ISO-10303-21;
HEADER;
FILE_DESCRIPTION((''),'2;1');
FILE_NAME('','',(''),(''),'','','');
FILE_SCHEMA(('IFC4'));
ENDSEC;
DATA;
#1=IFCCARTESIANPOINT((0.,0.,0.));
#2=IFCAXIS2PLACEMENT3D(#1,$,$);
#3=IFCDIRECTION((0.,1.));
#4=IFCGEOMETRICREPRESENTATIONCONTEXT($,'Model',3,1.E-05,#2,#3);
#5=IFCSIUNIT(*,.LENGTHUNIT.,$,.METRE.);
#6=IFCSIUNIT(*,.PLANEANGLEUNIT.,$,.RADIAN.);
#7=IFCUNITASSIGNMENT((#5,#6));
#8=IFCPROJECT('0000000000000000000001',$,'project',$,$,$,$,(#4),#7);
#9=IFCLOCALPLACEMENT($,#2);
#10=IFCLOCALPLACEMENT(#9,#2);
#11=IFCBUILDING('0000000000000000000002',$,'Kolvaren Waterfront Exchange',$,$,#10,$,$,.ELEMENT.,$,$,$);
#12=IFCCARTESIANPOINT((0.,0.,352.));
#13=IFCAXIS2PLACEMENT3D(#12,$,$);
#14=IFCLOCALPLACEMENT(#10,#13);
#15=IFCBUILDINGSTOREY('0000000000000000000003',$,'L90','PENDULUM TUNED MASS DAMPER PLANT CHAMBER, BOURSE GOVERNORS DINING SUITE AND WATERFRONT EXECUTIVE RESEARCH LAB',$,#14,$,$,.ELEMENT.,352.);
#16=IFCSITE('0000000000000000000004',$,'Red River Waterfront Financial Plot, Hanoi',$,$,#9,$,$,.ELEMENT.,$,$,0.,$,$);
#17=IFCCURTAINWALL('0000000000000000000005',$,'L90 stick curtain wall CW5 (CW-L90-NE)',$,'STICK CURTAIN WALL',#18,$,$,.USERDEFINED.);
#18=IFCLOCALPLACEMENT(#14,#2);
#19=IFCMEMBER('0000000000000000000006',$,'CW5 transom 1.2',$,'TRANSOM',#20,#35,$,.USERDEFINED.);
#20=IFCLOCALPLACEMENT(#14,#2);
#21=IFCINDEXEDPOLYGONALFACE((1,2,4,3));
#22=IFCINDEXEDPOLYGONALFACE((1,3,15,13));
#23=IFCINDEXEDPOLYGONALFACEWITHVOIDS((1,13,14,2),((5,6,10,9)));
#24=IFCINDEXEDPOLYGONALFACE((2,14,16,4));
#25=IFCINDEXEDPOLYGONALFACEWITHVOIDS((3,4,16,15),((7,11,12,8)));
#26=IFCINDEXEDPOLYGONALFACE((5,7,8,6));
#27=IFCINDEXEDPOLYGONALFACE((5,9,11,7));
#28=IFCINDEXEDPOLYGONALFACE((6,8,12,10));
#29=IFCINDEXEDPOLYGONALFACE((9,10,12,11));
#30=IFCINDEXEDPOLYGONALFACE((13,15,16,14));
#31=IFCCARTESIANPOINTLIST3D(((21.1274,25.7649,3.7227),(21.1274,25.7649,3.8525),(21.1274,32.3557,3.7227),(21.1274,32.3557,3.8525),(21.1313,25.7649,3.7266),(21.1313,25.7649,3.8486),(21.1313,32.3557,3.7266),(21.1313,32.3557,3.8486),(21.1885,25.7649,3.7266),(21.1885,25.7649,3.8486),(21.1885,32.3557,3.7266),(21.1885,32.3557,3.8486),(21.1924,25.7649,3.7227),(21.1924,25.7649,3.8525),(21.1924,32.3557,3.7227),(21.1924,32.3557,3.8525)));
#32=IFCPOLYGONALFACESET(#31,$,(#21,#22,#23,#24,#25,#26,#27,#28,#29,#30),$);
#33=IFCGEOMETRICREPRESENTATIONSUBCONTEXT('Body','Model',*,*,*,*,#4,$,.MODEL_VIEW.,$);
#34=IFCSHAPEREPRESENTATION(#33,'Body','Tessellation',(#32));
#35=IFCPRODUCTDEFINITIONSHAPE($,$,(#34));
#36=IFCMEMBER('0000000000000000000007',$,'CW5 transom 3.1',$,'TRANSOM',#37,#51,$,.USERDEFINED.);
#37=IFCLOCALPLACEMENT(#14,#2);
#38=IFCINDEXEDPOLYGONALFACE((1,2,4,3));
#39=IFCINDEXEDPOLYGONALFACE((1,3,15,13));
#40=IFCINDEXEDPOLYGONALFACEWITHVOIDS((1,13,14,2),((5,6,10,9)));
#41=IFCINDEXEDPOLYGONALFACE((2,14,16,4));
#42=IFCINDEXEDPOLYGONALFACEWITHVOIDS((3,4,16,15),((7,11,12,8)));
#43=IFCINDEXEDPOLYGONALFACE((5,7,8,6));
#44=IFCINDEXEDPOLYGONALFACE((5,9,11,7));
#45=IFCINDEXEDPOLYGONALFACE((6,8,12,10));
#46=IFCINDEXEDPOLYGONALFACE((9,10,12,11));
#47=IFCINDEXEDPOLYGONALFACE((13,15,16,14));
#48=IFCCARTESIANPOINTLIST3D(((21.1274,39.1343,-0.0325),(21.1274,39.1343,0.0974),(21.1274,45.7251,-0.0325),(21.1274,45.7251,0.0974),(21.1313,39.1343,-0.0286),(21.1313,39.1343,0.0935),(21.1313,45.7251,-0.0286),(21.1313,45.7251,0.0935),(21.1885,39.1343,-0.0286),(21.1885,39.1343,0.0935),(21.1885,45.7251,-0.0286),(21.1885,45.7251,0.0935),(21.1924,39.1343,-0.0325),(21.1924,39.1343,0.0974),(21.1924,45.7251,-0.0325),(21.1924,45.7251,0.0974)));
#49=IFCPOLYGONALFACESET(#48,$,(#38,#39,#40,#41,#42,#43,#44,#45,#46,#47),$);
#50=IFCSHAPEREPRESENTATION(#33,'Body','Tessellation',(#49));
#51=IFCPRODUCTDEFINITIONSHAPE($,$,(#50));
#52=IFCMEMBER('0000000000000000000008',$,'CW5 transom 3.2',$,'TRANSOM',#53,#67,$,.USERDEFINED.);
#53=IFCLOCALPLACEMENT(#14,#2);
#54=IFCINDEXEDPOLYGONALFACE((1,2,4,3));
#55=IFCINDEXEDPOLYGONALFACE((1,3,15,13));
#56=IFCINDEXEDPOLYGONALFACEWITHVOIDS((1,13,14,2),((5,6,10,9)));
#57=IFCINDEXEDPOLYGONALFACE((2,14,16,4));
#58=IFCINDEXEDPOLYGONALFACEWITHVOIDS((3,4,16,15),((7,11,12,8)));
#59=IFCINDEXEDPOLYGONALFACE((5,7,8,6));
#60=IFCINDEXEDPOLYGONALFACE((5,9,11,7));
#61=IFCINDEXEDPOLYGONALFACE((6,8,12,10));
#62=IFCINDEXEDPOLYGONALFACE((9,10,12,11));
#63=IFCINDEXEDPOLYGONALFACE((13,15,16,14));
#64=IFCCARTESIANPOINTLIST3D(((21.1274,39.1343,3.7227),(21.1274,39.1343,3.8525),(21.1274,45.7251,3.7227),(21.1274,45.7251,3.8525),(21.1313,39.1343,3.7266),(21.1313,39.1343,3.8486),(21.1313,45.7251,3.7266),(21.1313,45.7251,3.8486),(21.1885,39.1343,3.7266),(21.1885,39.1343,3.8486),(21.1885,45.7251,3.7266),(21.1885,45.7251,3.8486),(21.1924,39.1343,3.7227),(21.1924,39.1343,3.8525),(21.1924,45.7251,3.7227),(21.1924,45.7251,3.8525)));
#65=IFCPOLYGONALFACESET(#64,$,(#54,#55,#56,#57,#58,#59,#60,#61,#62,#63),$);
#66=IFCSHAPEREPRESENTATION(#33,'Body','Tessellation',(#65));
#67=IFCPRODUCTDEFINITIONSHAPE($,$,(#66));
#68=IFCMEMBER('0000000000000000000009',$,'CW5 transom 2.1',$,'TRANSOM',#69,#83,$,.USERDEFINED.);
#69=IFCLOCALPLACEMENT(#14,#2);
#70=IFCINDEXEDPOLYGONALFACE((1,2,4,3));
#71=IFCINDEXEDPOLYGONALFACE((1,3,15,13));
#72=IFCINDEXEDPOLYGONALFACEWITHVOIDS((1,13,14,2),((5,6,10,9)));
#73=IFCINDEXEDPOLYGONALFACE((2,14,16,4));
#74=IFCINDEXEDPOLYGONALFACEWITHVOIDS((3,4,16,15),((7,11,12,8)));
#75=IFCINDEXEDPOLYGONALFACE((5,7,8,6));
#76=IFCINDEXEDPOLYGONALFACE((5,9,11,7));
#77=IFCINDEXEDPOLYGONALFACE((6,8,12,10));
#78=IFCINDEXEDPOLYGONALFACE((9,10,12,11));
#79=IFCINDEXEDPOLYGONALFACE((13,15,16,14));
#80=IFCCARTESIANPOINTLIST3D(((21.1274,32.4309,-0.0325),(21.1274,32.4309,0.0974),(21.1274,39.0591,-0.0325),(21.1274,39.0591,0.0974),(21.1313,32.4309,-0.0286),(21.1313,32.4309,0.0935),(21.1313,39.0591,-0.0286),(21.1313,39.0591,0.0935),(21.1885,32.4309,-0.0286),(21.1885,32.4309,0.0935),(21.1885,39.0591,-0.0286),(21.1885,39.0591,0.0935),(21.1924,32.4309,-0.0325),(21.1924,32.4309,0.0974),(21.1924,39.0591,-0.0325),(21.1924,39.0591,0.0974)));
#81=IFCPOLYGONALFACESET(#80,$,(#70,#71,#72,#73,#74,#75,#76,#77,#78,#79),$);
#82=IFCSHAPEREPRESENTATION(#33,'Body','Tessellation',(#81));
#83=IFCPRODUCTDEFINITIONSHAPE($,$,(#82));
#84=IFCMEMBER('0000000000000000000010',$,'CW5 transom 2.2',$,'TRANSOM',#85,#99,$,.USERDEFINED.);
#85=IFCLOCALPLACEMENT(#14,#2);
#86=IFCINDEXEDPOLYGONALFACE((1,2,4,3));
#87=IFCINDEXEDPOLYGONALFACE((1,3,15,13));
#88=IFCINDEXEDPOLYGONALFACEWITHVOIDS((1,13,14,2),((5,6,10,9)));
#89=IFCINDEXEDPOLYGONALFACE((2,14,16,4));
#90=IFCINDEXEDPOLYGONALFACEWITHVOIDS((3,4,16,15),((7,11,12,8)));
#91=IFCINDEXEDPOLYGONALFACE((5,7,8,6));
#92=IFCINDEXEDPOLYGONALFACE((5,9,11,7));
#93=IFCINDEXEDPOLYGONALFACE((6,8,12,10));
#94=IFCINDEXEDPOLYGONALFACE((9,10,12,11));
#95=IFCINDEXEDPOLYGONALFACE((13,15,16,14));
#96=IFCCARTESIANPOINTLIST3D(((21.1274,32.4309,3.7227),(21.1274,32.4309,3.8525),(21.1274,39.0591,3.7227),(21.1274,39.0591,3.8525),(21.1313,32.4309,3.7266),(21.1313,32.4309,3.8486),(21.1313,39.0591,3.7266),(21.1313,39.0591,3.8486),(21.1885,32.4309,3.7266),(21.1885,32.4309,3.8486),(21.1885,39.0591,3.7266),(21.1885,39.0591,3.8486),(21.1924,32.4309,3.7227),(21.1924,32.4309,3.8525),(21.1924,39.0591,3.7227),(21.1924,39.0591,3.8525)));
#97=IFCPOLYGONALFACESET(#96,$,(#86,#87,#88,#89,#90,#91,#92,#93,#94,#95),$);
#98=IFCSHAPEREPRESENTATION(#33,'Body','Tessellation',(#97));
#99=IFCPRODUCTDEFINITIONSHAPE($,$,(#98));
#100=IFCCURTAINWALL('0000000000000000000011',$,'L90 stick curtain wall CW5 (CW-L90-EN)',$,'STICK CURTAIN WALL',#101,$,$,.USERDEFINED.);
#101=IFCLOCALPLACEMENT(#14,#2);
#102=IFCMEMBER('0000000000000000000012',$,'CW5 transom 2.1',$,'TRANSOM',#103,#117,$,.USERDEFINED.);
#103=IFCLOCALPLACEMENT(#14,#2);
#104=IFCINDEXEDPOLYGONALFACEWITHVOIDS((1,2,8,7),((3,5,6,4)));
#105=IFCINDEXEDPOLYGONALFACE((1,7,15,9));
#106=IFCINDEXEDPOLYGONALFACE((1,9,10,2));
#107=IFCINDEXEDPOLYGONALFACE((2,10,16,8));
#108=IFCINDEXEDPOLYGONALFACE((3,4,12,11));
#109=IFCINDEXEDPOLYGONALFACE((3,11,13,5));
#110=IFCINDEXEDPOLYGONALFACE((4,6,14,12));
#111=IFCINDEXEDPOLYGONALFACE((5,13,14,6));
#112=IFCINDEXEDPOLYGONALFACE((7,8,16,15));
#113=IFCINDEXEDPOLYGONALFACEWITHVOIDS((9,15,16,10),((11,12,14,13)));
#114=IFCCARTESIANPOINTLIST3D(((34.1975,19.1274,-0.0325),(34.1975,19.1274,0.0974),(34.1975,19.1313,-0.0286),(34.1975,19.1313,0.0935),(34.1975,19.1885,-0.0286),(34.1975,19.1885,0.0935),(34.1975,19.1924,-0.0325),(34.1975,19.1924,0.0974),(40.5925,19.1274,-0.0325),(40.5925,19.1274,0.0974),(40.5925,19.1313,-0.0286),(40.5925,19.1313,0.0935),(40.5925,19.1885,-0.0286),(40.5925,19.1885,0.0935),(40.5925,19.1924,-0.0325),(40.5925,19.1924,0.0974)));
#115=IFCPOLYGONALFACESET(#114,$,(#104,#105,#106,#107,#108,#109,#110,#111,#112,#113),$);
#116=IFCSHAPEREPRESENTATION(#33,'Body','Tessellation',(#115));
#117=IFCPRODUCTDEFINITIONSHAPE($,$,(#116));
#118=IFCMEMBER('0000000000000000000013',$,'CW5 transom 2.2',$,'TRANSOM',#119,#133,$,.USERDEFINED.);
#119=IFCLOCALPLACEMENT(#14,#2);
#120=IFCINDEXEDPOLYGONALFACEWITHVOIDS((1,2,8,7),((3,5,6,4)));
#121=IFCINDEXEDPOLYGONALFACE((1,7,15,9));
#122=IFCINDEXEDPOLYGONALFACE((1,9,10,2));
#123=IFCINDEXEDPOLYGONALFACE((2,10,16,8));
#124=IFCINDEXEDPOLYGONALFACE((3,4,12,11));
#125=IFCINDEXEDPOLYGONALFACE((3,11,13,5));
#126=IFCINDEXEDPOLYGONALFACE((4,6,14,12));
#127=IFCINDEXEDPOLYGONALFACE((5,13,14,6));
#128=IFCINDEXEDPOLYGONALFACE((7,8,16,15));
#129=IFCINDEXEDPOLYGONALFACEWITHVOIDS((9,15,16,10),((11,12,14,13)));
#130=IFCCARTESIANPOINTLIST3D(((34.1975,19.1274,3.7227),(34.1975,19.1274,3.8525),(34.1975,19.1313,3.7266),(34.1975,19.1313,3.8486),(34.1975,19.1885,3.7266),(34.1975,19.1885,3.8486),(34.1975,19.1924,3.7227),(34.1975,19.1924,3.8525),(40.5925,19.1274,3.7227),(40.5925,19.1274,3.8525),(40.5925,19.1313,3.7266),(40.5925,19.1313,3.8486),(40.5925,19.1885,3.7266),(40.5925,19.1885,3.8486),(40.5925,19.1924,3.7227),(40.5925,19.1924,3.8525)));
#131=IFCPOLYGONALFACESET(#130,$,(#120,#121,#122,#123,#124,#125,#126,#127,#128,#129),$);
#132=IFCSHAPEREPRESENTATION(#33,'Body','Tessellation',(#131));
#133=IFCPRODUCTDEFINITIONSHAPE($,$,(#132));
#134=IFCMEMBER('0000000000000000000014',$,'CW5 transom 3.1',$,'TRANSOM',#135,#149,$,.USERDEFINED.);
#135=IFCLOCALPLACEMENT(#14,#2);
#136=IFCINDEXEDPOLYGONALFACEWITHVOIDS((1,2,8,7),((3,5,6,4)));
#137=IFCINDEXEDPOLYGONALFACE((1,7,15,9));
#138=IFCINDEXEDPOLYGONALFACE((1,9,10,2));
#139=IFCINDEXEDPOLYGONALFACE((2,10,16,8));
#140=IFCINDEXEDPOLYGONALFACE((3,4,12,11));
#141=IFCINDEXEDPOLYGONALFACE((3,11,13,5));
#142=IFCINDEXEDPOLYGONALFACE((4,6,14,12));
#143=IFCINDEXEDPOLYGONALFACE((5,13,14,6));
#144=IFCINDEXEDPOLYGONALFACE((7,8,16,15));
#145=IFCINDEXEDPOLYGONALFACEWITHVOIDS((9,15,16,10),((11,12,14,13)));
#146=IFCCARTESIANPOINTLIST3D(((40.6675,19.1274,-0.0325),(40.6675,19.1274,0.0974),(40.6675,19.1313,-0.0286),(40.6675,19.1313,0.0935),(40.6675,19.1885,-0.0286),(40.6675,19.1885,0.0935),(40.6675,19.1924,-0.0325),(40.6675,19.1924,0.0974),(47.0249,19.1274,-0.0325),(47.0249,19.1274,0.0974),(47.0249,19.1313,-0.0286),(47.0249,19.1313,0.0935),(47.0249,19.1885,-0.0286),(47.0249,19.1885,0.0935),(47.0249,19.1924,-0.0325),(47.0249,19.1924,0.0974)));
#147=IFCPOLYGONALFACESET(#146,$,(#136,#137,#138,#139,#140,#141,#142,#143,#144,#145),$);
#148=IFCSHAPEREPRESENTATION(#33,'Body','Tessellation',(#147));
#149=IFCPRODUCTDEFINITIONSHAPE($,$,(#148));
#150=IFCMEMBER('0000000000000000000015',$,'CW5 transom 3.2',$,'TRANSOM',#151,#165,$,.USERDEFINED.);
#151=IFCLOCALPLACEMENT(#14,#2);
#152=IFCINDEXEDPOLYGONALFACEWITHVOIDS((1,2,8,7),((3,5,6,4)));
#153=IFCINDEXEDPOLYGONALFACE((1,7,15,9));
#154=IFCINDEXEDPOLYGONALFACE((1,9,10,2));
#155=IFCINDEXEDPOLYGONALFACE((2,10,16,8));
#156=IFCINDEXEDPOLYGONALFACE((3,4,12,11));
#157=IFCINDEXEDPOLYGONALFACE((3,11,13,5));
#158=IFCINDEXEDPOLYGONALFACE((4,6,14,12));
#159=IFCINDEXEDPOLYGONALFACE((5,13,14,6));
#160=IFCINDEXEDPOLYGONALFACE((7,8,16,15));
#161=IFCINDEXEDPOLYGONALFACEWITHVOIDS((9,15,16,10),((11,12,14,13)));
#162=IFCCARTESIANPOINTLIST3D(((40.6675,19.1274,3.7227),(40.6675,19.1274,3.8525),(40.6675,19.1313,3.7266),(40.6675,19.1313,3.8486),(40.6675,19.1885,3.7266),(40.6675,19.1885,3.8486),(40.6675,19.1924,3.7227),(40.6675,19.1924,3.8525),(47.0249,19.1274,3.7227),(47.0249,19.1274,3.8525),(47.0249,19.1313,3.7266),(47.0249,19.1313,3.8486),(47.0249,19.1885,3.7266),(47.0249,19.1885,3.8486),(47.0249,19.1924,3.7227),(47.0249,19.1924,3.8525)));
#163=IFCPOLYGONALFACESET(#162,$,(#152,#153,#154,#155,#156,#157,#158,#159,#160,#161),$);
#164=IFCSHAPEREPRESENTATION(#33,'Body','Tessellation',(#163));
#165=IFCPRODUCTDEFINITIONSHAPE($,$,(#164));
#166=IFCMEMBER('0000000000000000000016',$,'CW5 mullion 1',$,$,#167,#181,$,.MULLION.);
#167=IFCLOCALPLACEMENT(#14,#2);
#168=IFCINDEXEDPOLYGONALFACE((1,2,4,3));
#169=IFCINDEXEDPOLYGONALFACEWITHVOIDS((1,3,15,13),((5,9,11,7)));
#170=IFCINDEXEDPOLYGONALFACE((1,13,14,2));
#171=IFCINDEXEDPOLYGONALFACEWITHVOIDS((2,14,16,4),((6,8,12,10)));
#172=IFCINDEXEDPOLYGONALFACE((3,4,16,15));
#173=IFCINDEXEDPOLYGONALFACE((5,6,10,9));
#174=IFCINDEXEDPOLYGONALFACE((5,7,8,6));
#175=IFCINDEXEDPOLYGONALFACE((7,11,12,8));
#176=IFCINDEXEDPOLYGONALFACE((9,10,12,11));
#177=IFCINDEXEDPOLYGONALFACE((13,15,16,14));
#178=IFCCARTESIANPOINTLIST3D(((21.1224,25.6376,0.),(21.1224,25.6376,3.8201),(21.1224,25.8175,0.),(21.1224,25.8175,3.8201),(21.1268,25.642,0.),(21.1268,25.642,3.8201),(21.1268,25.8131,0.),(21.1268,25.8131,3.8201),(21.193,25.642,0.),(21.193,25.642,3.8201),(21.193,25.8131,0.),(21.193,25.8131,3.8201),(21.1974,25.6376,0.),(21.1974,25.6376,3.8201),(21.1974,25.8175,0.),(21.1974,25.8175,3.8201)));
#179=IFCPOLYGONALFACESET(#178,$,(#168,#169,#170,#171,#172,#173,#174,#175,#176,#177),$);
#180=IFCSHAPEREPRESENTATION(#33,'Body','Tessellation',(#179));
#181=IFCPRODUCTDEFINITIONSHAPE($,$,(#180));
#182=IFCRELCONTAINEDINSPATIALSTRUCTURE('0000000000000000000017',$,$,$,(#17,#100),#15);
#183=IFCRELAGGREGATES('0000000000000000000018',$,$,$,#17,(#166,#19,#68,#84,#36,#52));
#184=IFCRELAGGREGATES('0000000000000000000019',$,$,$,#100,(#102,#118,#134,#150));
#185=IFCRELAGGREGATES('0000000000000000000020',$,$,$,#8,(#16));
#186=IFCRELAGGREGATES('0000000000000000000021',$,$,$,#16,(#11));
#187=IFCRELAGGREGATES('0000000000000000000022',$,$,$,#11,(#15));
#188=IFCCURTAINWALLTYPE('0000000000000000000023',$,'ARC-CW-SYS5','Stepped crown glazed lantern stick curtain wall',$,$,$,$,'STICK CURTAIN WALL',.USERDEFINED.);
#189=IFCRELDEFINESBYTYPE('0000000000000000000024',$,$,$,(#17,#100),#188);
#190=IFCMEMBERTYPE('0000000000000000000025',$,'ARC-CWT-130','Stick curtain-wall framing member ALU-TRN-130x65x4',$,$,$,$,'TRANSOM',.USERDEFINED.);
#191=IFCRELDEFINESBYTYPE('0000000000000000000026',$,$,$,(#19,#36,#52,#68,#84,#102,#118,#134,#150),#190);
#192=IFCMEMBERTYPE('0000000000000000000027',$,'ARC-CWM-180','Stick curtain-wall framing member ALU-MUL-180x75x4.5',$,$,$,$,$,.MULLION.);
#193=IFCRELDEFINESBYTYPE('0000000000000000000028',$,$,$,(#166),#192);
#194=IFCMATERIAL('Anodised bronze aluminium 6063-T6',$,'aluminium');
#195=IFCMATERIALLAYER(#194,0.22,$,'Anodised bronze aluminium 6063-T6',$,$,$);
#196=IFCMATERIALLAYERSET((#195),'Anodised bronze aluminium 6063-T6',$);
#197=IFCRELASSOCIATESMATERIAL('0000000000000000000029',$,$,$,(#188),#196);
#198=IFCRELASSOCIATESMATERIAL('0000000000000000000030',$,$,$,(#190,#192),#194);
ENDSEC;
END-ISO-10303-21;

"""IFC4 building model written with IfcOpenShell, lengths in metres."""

from ifc_helpers import new_model, si_unit, direction, frame, origin, origin_with_axes, origin_2d, place, context, subcontext, project, spatial, hollow_rectangle, extrude, source, transform, mapped, material, layer, layer_set, material_profile, profile_set, type_object, element, aggregate, save


model = new_model("IFC4")

# Units and contexts
model_context = context("Model", 3, precision=1e-05, world=origin(), true_north=direction((0.0, 1.0)))
body_context = subcontext(model_context, "Body", "Model", "MODEL_VIEW")
ifc_project = project(units=[si_unit("LENGTHUNIT", "METRE"), si_unit("PLANEANGLEUNIT", "RADIAN")], contexts=[model_context])

# Site, building, storey
site_placement = place(None, origin())
site = spatial("IfcSite", under=ifc_project, at=site_placement, Name="Red River Waterfront Financial Plot, Hanoi", CompositionType="ELEMENT", RefElevation=0.0)
building_placement = place(site_placement, origin())
building = spatial("IfcBuilding", under=site, at=building_placement, Name="Kolvaren Waterfront Exchange", CompositionType="ELEMENT")
storey_placement = place(building_placement, frame((0.0, 0.0, 352.0)))
storey = spatial("IfcBuildingStorey", under=building, at=storey_placement, Name="L90", Description="PENDULUM TUNED MASS DAMPER PLANT CHAMBER, BOURSE GOVERNORS DINING SUITE AND WATERFRONT EXECUTIVE RESEARCH LAB", CompositionType="ELEMENT", Elevation=352.0)

# Curtain walls, members
ifc_material_1 = material(Name="Anodised bronze aluminium 6063-T6", Category="aluminium")
ifc_layer_1 = layer(ifc_material_1, 0.22, Name="Anodised bronze aluminium 6063-T6")
ifc_layer_set_1 = layer_set([ifc_layer_1], Name="Anodised bronze aluminium 6063-T6")
curtain_wall_type = type_object("IfcCurtainWallType", Name="ARC-CW-SYS5", Description="Stepped crown glazed lantern stick curtain wall", ElementType="STICK CURTAIN WALL", PredefinedType="USERDEFINED", material=ifc_layer_set_1)
curtain_wall_1_placement = place(storey_placement, origin())
curtain_wall_1 = element("IfcCurtainWall", 1, at=curtain_wall_1_placement, inside=storey, type_object=curtain_wall_type, Name="L90 stick curtain wall CW5 (CW-L90-NE)", ObjectType="STICK CURTAIN WALL", PredefinedType="USERDEFINED")
ifc_material_profile_1 = material_profile(ifc_material_1, hollow_rectangle(XDim=0.0649, YDim=0.1299, WallThickness=0.0039, at=origin_2d()), Name="ALU-TRN-130x65x4")
ifc_profile_set_1 = profile_set([ifc_material_profile_1], Name="Anodised bronze aluminium 6063-T6")
member_type_1 = type_object("IfcMemberType", Name="ARC-CWT-130", Description="Stick curtain-wall framing member ALU-TRN-130x65x4", ElementType="TRANSOM", PredefinedType="USERDEFINED", material=ifc_profile_set_1)
shared_shape_1 = source(origin_with_axes(), body_context, "Body", "SweptSolid", [
    extrude(hollow_rectangle(XDim=0.0649, YDim=0.1299, WallThickness=0.0039, at=origin_2d()), origin(), (0.0, 0.0, 1.0), 6.5908),
])
member_1_placement = place(storey_placement, frame((21.1599, 25.7649, 3.7876), z_axis=(0.0, 1.0, 0.0), x_axis=(-1.0, 0.0, 0.0)))
member_1 = element("IfcMember", 2, at=member_1_placement, type_object=member_type_1, Name="CW5 transom 1.2", ObjectType="TRANSOM", PredefinedType="USERDEFINED", context=body_context, shape_type="MappedRepresentation", body=[
    mapped(shared_shape_1, transform((0.0, 0.0, 0.0), x_axis=(1.0, 0.0, 0.0), y_axis=(0.0, 1.0, 0.0), z_axis=(0.0, 0.0, 1.0), scale=1.0)),
])
member_2_placement = place(storey_placement, frame((21.1599, 39.1343, 0.0325), z_axis=(0.0, 1.0, 0.0), x_axis=(-1.0, 0.0, 0.0)))
member_2 = element("IfcMember", 3, at=member_2_placement, type_object=member_type_1, Name="CW5 transom 3.1", ObjectType="TRANSOM", PredefinedType="USERDEFINED", context=body_context, shape_type="MappedRepresentation", body=[
    mapped(shared_shape_1, transform((0.0, 0.0, 0.0), x_axis=(1.0, 0.0, 0.0), y_axis=(0.0, 1.0, 0.0), z_axis=(0.0, 0.0, 1.0), scale=1.0)),
])
member_3_placement = place(storey_placement, frame((21.1599, 39.1343, 3.7876), z_axis=(0.0, 1.0, 0.0), x_axis=(-1.0, 0.0, 0.0)))
member_3 = element("IfcMember", 4, at=member_3_placement, type_object=member_type_1, Name="CW5 transom 3.2", ObjectType="TRANSOM", PredefinedType="USERDEFINED", context=body_context, shape_type="MappedRepresentation", body=[
    mapped(shared_shape_1, transform((0.0, 0.0, 0.0), x_axis=(1.0, 0.0, 0.0), y_axis=(0.0, 1.0, 0.0), z_axis=(0.0, 0.0, 1.0), scale=1.0)),
])
shared_shape_2 = source(origin_with_axes(), body_context, "Body", "SweptSolid", [
    extrude(hollow_rectangle(XDim=0.0649, YDim=0.1299, WallThickness=0.0039, at=origin_2d()), origin(), (0.0, 0.0, 1.0), 6.6282),
])
member_4_placement = place(storey_placement, frame((21.1599, 32.4309, 0.0325), z_axis=(0.0, 1.0, 0.0), x_axis=(-1.0, 0.0, 0.0)))
member_4 = element("IfcMember", 5, at=member_4_placement, type_object=member_type_1, Name="CW5 transom 2.1", ObjectType="TRANSOM", PredefinedType="USERDEFINED", context=body_context, shape_type="MappedRepresentation", body=[
    mapped(shared_shape_2, transform((0.0, 0.0, 0.0), x_axis=(1.0, 0.0, 0.0), y_axis=(0.0, 1.0, 0.0), z_axis=(0.0, 0.0, 1.0), scale=1.0)),
])
member_5_placement = place(storey_placement, frame((21.1599, 32.4309, 3.7876), z_axis=(0.0, 1.0, 0.0), x_axis=(-1.0, 0.0, 0.0)))
member_5 = element("IfcMember", 6, at=member_5_placement, type_object=member_type_1, Name="CW5 transom 2.2", ObjectType="TRANSOM", PredefinedType="USERDEFINED", context=body_context, shape_type="MappedRepresentation", body=[
    mapped(shared_shape_2, transform((0.0, 0.0, 0.0), x_axis=(1.0, 0.0, 0.0), y_axis=(0.0, 1.0, 0.0), z_axis=(0.0, 0.0, 1.0), scale=1.0)),
])
curtain_wall_2_placement = place(storey_placement, origin())
curtain_wall_2 = element("IfcCurtainWall", 7, at=curtain_wall_2_placement, inside=storey, type_object=curtain_wall_type, Name="L90 stick curtain wall CW5 (CW-L90-EN)", ObjectType="STICK CURTAIN WALL", PredefinedType="USERDEFINED")
shared_shape_3 = source(origin_with_axes(), body_context, "Body", "SweptSolid", [
    extrude(hollow_rectangle(XDim=0.0649, YDim=0.1299, WallThickness=0.0039, at=origin_2d()), origin(), (0.0, 0.0, 1.0), 6.395),
])
member_6_placement = place(storey_placement, frame((34.1975, 19.1599, 0.0325), z_axis=(1.0, 0.0, 0.0), x_axis=(0.0, 1.0, 0.0)))
member_6 = element("IfcMember", 8, at=member_6_placement, type_object=member_type_1, Name="CW5 transom 2.1", ObjectType="TRANSOM", PredefinedType="USERDEFINED", context=body_context, shape_type="MappedRepresentation", body=[
    mapped(shared_shape_3, transform((0.0, 0.0, 0.0), x_axis=(1.0, 0.0, 0.0), y_axis=(0.0, 1.0, 0.0), z_axis=(0.0, 0.0, 1.0), scale=1.0)),
])
member_7_placement = place(storey_placement, frame((34.1975, 19.1599, 3.7876), z_axis=(1.0, 0.0, 0.0), x_axis=(0.0, 1.0, 0.0)))
member_7 = element("IfcMember", 9, at=member_7_placement, type_object=member_type_1, Name="CW5 transom 2.2", ObjectType="TRANSOM", PredefinedType="USERDEFINED", context=body_context, shape_type="MappedRepresentation", body=[
    mapped(shared_shape_3, transform((0.0, 0.0, 0.0), x_axis=(1.0, 0.0, 0.0), y_axis=(0.0, 1.0, 0.0), z_axis=(0.0, 0.0, 1.0), scale=1.0)),
])
shared_shape_4 = source(origin_with_axes(), body_context, "Body", "SweptSolid", [
    extrude(hollow_rectangle(XDim=0.0649, YDim=0.1299, WallThickness=0.0039, at=origin_2d()), origin(), (0.0, 0.0, 1.0), 6.3574),
])
member_8_placement = place(storey_placement, frame((40.6675, 19.1599, 0.0325), z_axis=(1.0, 0.0, 0.0), x_axis=(0.0, 1.0, 0.0)))
member_8 = element("IfcMember", 10, at=member_8_placement, type_object=member_type_1, Name="CW5 transom 3.1", ObjectType="TRANSOM", PredefinedType="USERDEFINED", context=body_context, shape_type="MappedRepresentation", body=[
    mapped(shared_shape_4, transform((0.0, 0.0, 0.0), x_axis=(1.0, 0.0, 0.0), y_axis=(0.0, 1.0, 0.0), z_axis=(0.0, 0.0, 1.0), scale=1.0)),
])
member_9_placement = place(storey_placement, frame((40.6675, 19.1599, 3.7876), z_axis=(1.0, 0.0, 0.0), x_axis=(0.0, 1.0, 0.0)))
member_9 = element("IfcMember", 11, at=member_9_placement, type_object=member_type_1, Name="CW5 transom 3.2", ObjectType="TRANSOM", PredefinedType="USERDEFINED", context=body_context, shape_type="MappedRepresentation", body=[
    mapped(shared_shape_4, transform((0.0, 0.0, 0.0), x_axis=(1.0, 0.0, 0.0), y_axis=(0.0, 1.0, 0.0), z_axis=(0.0, 0.0, 1.0), scale=1.0)),
])

# Member
ifc_material_profile_2 = material_profile(ifc_material_1, hollow_rectangle(XDim=0.075, YDim=0.1799, WallThickness=0.0044, at=origin_2d()), Name="ALU-MUL-180x75x4.5")
ifc_profile_set_2 = profile_set([ifc_material_profile_2], Name="Anodised bronze aluminium 6063-T6")
member_type_2 = type_object("IfcMemberType", Name="ARC-CWM-180", Description="Stick curtain-wall framing member ALU-MUL-180x75x4.5", PredefinedType="MULLION", material=ifc_profile_set_2)
shared_shape_5 = source(origin_with_axes(), body_context, "Body", "SweptSolid", [
    extrude(hollow_rectangle(XDim=0.075, YDim=0.1799, WallThickness=0.0044, at=origin_2d()), origin(), (0.0, 0.0, 1.0), 3.8201),
])
member_10_placement = place(storey_placement, frame((21.1599, 25.7275, 0.0), z_axis=(0.0, 0.0, 1.0), x_axis=(-1.0, 0.0, 0.0)))
member_10 = element("IfcMember", 12, at=member_10_placement, type_object=member_type_2, Name="CW5 mullion 1", PredefinedType="MULLION", context=body_context, shape_type="MappedRepresentation", body=[
    mapped(shared_shape_5, transform((0.0, 0.0, 0.0), x_axis=(1.0, 0.0, 0.0), y_axis=(0.0, 1.0, 0.0), z_axis=(0.0, 0.0, 1.0), scale=1.0)),
])

aggregate(curtain_wall_1, [member_10, member_1, member_4, member_5, member_2, member_3])
aggregate(curtain_wall_2, [member_6, member_7, member_8, member_9])

save(model, "model.ifc")
